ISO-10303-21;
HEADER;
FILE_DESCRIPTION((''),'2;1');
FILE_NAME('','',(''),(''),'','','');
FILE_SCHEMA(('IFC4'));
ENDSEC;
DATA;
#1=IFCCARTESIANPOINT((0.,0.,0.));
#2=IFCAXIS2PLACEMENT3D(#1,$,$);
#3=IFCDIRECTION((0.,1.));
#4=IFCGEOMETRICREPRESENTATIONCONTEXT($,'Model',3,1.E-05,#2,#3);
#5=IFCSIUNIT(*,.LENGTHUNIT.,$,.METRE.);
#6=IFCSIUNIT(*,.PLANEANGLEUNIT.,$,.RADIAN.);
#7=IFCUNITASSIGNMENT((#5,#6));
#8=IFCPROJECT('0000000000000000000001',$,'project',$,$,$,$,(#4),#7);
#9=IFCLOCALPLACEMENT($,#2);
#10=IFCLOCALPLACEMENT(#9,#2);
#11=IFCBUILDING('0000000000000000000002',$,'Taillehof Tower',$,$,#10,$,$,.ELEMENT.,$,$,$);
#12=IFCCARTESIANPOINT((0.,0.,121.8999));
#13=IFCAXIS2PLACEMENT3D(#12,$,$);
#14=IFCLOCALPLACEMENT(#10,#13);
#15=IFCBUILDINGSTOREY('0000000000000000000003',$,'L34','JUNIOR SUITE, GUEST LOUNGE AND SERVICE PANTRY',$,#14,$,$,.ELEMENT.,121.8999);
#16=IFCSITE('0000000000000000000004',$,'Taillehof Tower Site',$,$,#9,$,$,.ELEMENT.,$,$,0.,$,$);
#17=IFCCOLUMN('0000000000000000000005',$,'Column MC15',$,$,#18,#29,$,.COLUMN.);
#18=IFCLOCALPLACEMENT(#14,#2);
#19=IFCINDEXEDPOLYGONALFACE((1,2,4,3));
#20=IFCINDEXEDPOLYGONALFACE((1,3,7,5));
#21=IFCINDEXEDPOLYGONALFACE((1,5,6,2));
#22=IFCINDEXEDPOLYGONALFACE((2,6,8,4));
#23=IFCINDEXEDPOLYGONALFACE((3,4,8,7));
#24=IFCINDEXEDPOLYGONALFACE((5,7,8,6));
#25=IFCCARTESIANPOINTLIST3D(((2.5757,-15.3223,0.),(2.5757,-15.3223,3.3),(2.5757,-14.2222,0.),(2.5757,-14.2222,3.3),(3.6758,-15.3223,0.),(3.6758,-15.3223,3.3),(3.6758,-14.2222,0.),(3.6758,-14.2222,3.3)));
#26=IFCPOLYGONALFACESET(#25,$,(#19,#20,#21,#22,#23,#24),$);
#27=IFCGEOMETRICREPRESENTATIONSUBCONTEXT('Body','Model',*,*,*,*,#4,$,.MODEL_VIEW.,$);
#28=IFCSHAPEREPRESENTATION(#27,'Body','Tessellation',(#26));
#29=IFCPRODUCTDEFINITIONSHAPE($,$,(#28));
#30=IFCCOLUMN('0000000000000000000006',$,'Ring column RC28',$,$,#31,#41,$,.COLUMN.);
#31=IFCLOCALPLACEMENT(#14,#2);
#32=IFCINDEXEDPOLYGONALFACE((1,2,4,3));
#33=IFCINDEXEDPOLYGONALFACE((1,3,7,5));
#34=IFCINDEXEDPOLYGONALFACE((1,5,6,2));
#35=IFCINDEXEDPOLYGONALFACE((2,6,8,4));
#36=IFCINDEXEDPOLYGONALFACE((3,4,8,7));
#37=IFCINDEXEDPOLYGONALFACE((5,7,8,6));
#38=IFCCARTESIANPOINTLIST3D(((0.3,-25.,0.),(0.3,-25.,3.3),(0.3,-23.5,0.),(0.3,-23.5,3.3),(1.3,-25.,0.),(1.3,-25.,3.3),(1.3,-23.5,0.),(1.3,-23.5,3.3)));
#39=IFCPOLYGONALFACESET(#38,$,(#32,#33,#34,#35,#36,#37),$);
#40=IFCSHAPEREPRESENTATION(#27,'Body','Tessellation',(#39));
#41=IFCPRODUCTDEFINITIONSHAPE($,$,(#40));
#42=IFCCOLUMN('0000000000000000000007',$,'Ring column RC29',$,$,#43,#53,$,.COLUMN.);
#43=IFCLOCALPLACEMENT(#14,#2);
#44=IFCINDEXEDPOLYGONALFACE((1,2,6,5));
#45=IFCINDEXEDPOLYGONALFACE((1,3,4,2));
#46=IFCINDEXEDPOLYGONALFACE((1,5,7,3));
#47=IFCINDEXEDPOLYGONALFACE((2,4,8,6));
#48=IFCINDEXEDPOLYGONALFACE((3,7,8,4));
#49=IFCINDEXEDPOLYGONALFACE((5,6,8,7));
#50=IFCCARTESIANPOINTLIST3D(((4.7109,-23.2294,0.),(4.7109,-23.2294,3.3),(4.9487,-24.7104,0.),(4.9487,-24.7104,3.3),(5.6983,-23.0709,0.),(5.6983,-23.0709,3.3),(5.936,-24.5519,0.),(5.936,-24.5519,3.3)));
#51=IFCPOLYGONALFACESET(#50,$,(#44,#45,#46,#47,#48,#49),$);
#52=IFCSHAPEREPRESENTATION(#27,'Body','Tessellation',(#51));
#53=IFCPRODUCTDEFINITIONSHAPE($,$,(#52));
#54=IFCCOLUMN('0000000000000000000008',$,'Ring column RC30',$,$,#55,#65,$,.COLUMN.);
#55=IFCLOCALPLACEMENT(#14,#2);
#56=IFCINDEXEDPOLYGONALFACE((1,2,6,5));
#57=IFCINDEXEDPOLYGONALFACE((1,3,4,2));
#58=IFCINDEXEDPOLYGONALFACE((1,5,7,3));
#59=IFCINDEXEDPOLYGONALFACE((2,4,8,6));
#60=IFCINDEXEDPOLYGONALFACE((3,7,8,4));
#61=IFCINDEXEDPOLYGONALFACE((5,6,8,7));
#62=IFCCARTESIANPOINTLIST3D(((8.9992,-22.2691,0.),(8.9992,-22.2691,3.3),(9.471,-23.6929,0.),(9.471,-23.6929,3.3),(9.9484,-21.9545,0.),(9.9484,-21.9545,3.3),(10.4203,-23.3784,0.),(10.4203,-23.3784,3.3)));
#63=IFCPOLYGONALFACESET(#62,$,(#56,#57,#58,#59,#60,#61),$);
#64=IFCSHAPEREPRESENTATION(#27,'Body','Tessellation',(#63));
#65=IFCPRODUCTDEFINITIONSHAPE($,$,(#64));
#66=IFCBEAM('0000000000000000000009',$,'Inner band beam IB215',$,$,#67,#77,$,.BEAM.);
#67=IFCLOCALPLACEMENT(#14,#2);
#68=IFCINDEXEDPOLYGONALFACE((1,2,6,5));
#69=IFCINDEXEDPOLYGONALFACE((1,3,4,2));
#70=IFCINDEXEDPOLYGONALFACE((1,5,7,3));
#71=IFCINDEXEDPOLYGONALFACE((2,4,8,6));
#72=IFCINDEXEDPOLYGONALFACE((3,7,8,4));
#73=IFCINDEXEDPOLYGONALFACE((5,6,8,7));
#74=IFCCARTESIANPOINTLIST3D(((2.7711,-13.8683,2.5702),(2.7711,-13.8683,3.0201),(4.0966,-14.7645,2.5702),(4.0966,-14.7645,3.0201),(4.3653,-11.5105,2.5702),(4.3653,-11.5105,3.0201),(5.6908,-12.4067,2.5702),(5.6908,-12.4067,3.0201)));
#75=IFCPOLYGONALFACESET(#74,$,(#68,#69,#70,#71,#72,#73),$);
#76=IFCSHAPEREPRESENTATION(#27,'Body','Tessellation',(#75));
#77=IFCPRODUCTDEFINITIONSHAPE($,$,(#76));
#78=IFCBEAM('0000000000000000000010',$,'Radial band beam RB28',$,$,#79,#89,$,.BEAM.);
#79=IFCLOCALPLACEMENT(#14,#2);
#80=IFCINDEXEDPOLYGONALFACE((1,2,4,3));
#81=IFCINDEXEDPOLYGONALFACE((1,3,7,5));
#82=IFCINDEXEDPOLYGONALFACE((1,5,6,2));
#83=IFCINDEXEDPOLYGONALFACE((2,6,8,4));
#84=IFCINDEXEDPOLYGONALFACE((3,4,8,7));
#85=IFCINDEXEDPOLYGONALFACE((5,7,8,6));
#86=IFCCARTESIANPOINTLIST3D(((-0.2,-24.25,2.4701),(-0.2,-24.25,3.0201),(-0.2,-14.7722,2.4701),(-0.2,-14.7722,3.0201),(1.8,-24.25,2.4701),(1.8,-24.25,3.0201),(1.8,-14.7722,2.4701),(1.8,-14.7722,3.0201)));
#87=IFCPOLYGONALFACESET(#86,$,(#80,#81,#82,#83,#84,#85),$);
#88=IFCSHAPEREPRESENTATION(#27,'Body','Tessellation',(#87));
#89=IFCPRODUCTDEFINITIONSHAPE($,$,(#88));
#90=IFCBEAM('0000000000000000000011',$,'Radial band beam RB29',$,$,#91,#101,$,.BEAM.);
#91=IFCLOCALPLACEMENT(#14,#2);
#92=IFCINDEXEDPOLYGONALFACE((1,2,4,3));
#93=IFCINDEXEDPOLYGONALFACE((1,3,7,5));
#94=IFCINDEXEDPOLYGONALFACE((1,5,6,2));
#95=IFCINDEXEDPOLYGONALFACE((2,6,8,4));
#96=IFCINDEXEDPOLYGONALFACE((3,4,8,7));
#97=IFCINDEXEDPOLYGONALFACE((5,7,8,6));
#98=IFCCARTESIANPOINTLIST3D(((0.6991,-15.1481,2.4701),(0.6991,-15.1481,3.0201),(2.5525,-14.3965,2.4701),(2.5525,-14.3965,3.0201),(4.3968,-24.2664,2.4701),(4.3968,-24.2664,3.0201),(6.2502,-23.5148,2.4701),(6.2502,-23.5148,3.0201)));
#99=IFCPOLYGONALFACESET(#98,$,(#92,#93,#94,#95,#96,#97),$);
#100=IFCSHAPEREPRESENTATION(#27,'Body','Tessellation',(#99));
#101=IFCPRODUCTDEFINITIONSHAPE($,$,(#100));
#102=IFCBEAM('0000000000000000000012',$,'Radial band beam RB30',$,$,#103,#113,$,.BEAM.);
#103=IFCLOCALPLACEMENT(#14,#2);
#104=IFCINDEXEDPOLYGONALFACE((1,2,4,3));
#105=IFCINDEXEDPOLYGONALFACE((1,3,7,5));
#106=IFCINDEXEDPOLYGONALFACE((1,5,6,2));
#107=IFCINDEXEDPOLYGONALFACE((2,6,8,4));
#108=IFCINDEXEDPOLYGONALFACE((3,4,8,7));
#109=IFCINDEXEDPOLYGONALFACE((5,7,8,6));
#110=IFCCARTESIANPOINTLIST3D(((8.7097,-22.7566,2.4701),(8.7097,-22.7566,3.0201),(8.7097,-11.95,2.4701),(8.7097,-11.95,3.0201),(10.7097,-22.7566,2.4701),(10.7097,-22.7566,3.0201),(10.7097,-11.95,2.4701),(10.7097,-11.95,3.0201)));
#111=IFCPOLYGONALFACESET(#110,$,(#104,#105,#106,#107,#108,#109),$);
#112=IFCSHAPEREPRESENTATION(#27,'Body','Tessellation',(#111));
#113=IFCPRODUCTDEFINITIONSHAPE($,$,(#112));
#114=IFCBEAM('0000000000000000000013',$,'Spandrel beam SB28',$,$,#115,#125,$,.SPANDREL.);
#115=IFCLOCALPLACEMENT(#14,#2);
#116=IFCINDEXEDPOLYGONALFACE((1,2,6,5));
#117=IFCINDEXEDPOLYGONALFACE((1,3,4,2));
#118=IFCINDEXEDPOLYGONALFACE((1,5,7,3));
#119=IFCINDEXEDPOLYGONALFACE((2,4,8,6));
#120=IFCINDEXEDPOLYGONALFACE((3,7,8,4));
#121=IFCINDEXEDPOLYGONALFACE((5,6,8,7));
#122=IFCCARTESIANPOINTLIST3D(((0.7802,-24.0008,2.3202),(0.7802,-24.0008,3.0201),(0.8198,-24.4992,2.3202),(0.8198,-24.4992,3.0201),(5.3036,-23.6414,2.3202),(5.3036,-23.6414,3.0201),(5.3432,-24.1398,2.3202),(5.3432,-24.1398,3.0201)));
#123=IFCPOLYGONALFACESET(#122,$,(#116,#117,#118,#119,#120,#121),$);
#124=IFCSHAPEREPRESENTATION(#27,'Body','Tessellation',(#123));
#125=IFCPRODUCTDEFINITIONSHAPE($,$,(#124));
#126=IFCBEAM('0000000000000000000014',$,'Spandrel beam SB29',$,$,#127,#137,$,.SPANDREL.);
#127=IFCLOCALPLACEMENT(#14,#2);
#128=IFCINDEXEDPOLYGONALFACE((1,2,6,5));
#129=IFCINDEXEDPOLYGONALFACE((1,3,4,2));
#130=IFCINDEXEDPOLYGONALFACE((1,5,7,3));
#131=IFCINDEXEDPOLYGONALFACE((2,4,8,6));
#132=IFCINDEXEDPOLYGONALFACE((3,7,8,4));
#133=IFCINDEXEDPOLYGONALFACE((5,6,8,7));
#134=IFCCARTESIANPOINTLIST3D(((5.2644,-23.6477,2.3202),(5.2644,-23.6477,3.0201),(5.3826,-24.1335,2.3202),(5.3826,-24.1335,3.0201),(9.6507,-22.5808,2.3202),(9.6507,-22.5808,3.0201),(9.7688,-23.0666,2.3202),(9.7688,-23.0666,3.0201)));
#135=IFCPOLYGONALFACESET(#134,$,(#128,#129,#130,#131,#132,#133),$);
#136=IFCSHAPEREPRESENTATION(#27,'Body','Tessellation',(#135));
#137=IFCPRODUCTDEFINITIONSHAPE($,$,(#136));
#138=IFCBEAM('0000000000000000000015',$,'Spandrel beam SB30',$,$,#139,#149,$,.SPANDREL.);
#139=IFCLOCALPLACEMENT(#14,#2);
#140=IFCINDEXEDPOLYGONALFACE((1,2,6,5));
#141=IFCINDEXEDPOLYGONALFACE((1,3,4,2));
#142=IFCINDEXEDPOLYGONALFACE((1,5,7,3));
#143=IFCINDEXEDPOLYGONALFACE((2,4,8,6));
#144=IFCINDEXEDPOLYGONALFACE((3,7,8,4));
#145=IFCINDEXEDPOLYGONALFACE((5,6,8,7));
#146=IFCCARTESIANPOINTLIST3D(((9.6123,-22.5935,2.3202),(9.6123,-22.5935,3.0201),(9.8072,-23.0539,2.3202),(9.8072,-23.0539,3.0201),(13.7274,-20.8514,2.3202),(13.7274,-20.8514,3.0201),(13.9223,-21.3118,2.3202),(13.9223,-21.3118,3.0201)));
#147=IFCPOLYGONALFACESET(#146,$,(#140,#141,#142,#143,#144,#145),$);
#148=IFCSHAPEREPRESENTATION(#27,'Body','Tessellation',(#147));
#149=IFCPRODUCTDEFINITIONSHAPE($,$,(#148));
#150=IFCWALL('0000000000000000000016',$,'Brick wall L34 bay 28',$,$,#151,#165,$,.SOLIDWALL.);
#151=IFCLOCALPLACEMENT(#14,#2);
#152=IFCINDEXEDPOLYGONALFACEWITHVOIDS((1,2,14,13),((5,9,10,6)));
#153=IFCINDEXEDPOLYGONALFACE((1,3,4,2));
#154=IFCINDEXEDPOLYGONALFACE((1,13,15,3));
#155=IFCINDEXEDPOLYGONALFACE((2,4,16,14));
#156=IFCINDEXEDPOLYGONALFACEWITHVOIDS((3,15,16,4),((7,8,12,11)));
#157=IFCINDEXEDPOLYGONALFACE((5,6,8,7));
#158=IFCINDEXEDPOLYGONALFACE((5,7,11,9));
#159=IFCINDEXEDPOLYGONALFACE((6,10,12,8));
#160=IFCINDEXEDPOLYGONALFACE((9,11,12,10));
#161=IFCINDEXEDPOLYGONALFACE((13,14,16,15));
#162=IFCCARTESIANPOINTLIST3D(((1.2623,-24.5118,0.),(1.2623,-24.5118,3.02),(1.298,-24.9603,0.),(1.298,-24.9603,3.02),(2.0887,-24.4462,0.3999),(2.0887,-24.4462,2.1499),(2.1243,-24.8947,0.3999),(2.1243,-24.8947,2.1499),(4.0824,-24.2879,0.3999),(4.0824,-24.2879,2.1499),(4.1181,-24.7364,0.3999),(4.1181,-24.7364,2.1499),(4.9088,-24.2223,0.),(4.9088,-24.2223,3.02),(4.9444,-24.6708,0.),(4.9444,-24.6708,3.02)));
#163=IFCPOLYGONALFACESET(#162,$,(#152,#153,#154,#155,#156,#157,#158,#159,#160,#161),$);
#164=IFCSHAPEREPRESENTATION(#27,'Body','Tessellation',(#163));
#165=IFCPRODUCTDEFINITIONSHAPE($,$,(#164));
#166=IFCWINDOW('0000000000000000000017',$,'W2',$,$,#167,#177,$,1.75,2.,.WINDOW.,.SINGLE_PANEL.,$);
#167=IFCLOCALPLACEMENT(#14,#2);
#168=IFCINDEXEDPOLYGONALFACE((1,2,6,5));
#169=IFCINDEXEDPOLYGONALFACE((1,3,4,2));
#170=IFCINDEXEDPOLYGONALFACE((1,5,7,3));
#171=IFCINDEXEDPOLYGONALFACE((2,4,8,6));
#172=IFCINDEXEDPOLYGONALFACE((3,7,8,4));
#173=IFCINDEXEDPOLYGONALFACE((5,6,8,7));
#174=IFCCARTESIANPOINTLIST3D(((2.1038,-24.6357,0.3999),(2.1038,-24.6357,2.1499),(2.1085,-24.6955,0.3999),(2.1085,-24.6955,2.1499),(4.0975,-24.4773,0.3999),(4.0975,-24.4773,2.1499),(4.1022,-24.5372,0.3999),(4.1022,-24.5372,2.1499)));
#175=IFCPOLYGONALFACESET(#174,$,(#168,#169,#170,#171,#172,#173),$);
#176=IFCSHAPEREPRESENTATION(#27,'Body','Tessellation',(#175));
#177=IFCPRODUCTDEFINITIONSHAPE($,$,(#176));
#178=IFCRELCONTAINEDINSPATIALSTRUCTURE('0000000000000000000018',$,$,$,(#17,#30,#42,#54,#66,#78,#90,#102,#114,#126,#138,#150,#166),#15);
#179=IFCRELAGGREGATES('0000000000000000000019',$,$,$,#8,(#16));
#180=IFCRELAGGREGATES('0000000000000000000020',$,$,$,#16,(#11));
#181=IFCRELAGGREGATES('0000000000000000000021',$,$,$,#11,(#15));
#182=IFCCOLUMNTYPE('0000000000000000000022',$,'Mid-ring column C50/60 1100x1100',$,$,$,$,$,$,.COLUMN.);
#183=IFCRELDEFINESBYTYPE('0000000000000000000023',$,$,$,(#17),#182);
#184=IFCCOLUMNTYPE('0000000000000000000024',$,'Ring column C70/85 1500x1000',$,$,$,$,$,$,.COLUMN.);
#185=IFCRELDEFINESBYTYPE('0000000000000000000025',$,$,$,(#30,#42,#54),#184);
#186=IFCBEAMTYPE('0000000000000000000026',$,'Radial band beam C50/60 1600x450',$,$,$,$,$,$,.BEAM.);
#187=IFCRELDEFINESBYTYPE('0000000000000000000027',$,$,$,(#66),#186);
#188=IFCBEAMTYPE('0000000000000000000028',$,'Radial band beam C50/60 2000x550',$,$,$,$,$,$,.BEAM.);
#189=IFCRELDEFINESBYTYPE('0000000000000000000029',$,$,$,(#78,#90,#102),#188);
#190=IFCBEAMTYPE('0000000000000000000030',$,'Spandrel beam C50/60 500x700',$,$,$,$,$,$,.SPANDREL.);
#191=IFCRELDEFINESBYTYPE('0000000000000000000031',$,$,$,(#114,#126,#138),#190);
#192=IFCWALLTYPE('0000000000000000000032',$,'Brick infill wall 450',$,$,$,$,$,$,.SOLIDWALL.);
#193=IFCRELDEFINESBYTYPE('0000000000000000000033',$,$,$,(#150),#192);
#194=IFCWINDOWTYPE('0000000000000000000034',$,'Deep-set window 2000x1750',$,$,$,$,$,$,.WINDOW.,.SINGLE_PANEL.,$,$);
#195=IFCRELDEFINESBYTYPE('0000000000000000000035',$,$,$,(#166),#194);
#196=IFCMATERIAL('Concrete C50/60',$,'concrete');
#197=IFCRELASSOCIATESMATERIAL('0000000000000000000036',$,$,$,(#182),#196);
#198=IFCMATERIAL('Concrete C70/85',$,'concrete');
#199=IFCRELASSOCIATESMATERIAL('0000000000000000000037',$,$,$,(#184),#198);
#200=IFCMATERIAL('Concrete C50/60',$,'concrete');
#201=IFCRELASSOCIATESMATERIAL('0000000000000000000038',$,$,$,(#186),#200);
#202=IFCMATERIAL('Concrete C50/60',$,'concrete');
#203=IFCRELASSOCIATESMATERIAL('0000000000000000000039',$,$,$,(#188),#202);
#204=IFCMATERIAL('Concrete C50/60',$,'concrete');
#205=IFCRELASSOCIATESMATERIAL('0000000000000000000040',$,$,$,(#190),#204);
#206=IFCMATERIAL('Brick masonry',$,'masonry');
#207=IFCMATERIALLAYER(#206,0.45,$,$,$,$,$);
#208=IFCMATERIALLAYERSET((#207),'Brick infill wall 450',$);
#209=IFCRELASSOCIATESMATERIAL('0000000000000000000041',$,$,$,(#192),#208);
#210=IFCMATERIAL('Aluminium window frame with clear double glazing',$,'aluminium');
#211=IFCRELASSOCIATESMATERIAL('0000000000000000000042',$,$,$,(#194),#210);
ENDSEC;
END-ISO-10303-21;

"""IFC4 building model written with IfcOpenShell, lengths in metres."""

from ifc_helpers import new_model, si_unit, direction, frame, frame_2d, origin, origin_2d, place, context, subcontext, project, spatial, rectangle, extrude, material, layer, layer_set, material_profile, profile_set, type_object, element, fill, save


model = new_model("IFC4")

# Units and contexts
model_context = context("Model", 3, precision=1e-05, world=origin(), true_north=direction((0.0, 1.0)))
body_context = subcontext(model_context, "Body", "Model", "MODEL_VIEW")
ifc_project = project(units=[si_unit("LENGTHUNIT", "METRE"), si_unit("PLANEANGLEUNIT", "RADIAN")], contexts=[model_context])

# Site, building, storey
site_placement = place(None, origin())
site = spatial("IfcSite", under=ifc_project, at=site_placement, Name="Taillehof Tower Site", CompositionType="ELEMENT", RefElevation=0.0)
building_placement = place(site_placement, origin())
building = spatial("IfcBuilding", under=site, at=building_placement, Name="Taillehof Tower", CompositionType="ELEMENT")
storey_placement = place(building_placement, frame((0.0, 0.0, 121.8999)))
storey = spatial("IfcBuildingStorey", under=building, at=storey_placement, Name="L34", Description="JUNIOR SUITE, GUEST LOUNGE AND SERVICE PANTRY", CompositionType="ELEMENT", Elevation=121.8999)

# Columns
ifc_material_1 = material(Name="Concrete C50/60", Category="concrete")
ifc_material_profile_1 = material_profile(ifc_material_1, rectangle(XDim=1.1001, YDim=1.1001, at=origin_2d()), Name="RC 1100x1100")
ifc_profile_set_1 = profile_set([ifc_material_profile_1], Name="Concrete C50/60")
column_type_1 = type_object("IfcColumnType", Name="Mid-ring column C50/60 1100x1100", PredefinedType="COLUMN", material=ifc_profile_set_1)
column_placement = place(storey_placement, frame((3.1257, -14.7722, 0.0), z_axis=(0.0, 0.0, 1.0), x_axis=(1.0, 0.0, 0.0)))
element("IfcColumn", 1, at=column_placement, inside=storey, type_object=column_type_1, Name="Column MC15", PredefinedType="COLUMN", context=body_context, shape_type="SweptSolid", body=[
    extrude(rectangle(XDim=1.1001, YDim=1.1001, at=origin_2d()), origin(), (0.0, 0.0, 1.0), 3.3),
])
ifc_material_2 = material(Name="Concrete C70/85", Category="concrete")
ifc_material_profile_2 = material_profile(ifc_material_2, rectangle(XDim=1.5, YDim=1.0, at=origin_2d()), Name="RC 1500x1000")
ifc_profile_set_2 = profile_set([ifc_material_profile_2], Name="Concrete C70/85")
column_type_2 = type_object("IfcColumnType", Name="Ring column C70/85 1500x1000", PredefinedType="COLUMN", material=ifc_profile_set_2)
for number, where, z_axis, x_axis, name in (
    (2, (0.8, -24.25, 0.0), (0.0, 0.0, 1.0), (0.0, -1.0, 0.0), "Ring column RC28"),
    (3, (5.3235, -23.8906, 0.0), (0.0, 0.0, 1.0), (0.158507, -0.987358, 0.0), "Ring column RC29"),
    (4, (9.7097, -22.8237, 0.0), (0.0, 0.0, 1.0), (0.314555, -0.949239, 0.0), "Ring column RC30"),
):
    element("IfcColumn", number, at=place(storey_placement, frame(where, z_axis=z_axis, x_axis=x_axis)), inside=storey, type_object=column_type_2, Name=name, PredefinedType="COLUMN", context=body_context, shape_type="SweptSolid", body=[
        extrude(rectangle(XDim=1.5, YDim=1.0, at=origin_2d()), origin(), (0.0, 0.0, 1.0), 3.3),
    ])

# Beams
ifc_material_3 = material(Name="Concrete C50/60", Category="concrete")
ifc_material_profile_3 = material_profile(ifc_material_3, rectangle(XDim=1.6001, YDim=0.45, at=origin_2d()), Name="RC 1600x450")
ifc_profile_set_3 = profile_set([ifc_material_profile_3], Name="Concrete C50/60")
beam_type_1 = type_object("IfcBeamType", Name="Radial band beam C50/60 1600x450", PredefinedType="BEAM", material=ifc_profile_set_3)
beam_1_placement = place(storey_placement, frame((3.4338, -14.3164, 2.7952), z_axis=(0.560112, 0.828417, 0.0), x_axis=(-0.828417, 0.560112, 0.0)))
element("IfcBeam", 5, at=beam_1_placement, inside=storey, type_object=beam_type_1, Name="Inner band beam IB215", PredefinedType="BEAM", context=body_context, shape_type="SweptSolid", body=[
    extrude(rectangle(XDim=1.6001, YDim=0.45, at=origin_2d()), origin(), (0.0, 0.0, 1.0), 2.8462),
])
ifc_material_4 = material(Name="Concrete C50/60", Category="concrete")
ifc_material_profile_4 = material_profile(ifc_material_4, rectangle(XDim=2.0, YDim=0.55, at=origin_2d()), Name="RC 2000x550")
ifc_profile_set_4 = profile_set([ifc_material_profile_4], Name="Concrete C50/60")
beam_type_2 = type_object("IfcBeamType", Name="Radial band beam C50/60 2000x550", PredefinedType="BEAM", material=ifc_profile_set_4)
beam_2_placement = place(storey_placement, frame((0.8, -24.25, 2.7451), z_axis=(0.0, 1.0, 0.0), x_axis=(-1.0, 0.0, 0.0)))
element("IfcBeam", 6, at=beam_2_placement, inside=storey, type_object=beam_type_2, Name="Radial band beam RB28", PredefinedType="BEAM", context=body_context, shape_type="SweptSolid", body=[
    extrude(rectangle(XDim=2.0, YDim=0.55, at=origin_2d()), origin(), (0.0, 0.0, 1.0), 9.4778),
])
beam_3_placement = place(storey_placement, frame((5.3235, -23.8906, 2.7451), z_axis=(-0.375801, 0.9267, 0.0), x_axis=(-0.9267, -0.375801, 0.0)))
element("IfcBeam", 7, at=beam_3_placement, inside=storey, type_object=beam_type_2, Name="Radial band beam RB29", PredefinedType="BEAM", context=body_context, shape_type="SweptSolid", body=[
    extrude(rectangle(XDim=2.0, YDim=0.55, at=origin_2d()), origin(), (0.0, 0.0, 1.0), 9.8396),
])
beam_4_placement = place(storey_placement, frame((9.7097, -22.7566, 2.7451), z_axis=(0.0, 1.0, 0.0), x_axis=(-1.0, 0.0, 0.0)))
element("IfcBeam", 8, at=beam_4_placement, inside=storey, type_object=beam_type_2, Name="Radial band beam RB30", PredefinedType="BEAM", context=body_context, shape_type="SweptSolid", body=[
    extrude(rectangle(XDim=2.0, YDim=0.55, at=origin_2d()), origin(), (0.0, 0.0, 1.0), 10.8066),
])
ifc_material_5 = material(Name="Concrete C50/60", Category="concrete")
ifc_material_profile_5 = material_profile(ifc_material_5, rectangle(XDim=0.5, YDim=0.7, at=origin_2d()), Name="RC 500x700")
ifc_profile_set_5 = profile_set([ifc_material_profile_5], Name="Concrete C50/60")
beam_type_3 = type_object("IfcBeamType", Name="Spandrel beam C50/60 500x700", PredefinedType="SPANDREL", material=ifc_profile_set_5)
beam_5_placement = place(storey_placement, frame((0.8, -24.25, 2.6702), z_axis=(0.996859, 0.079198, 0.0), x_axis=(-0.079198, 0.996859, 0.0)))
element("IfcBeam", 9, at=beam_5_placement, inside=storey, type_object=beam_type_3, Name="Spandrel beam SB28", PredefinedType="SPANDREL", context=body_context, shape_type="SweptSolid", body=[
    extrude(rectangle(XDim=0.5, YDim=0.7, at=origin_2d()), origin(), (0.0, 0.0, 1.0), 4.5376),
])
beam_6_placement = place(storey_placement, frame((5.3235, -23.8906, 2.6702), z_axis=(0.971669, 0.236346, 0.0), x_axis=(-0.236346, 0.971669, 0.0)))
element("IfcBeam", 10, at=beam_6_placement, inside=storey, type_object=beam_type_3, Name="Spandrel beam SB29", PredefinedType="SPANDREL", context=body_context, shape_type="SweptSolid", body=[
    extrude(rectangle(XDim=0.5, YDim=0.7, at=origin_2d()), origin(), (0.0, 0.0, 1.0), 4.5142),
])
beam_7_placement = place(storey_placement, frame((9.7097, -22.8237, 2.6702), z_axis=(0.920877, 0.389854, 0.0), x_axis=(-0.389854, 0.920877, 0.0)))
element("IfcBeam", 11, at=beam_7_placement, inside=storey, type_object=beam_type_3, Name="Spandrel beam SB30", PredefinedType="SPANDREL", context=body_context, shape_type="SweptSolid", body=[
    extrude(rectangle(XDim=0.5, YDim=0.7, at=origin_2d()), origin(), (0.0, 0.0, 1.0), 4.4688),
])

# Wall, opening, window
ifc_material_6 = material(Name="Brick masonry", Category="masonry")
ifc_layer_1 = layer(ifc_material_6, 0.45)
ifc_layer_set_1 = layer_set([ifc_layer_1], Name="Brick infill wall 450")
wall_type_1 = type_object("IfcWallType", Name="Brick infill wall 450", PredefinedType="SOLIDWALL", material=ifc_layer_set_1)
wall_1_placement = place(storey_placement, frame((1.28, -24.7361, 0.0), z_axis=(0.0, 0.0, 1.0), x_axis=(0.996862, 0.079156, 0.0)))
wall_1 = element("IfcWall", 12, at=wall_1_placement, inside=storey, type_object=wall_type_1, Name="Brick wall L34 bay 28", PredefinedType="SOLIDWALL", context=body_context, shape_type="SweptSolid", body=[
    extrude(rectangle(XDim=3.658, YDim=0.45, at=frame_2d((1.8291, 0.0))), origin(), (0.0, 0.0, 1.0), 3.02),
])
opening_1_placement = place(wall_1_placement, frame((0.8291, 0.0, 0.3999)))
opening_1 = element("IfcOpeningElement", 13, at=opening_1_placement, cuts=wall_1, PredefinedType="OPENING", context=body_context, shape_type="SweptSolid", body=[
    extrude(rectangle(XDim=2.0, YDim=1.75, at=frame_2d((1.0, 0.875))), frame((0.0, 0.2349, 0.0), z_axis=(0.0, -1.0, 0.0), x_axis=(1.0, 0.0, 0.0)), (0.0, 0.0, 1.0), 0.47),
])
ifc_material_7 = material(Name="Aluminium window frame with clear double glazing", Category="aluminium")
window_type = type_object("IfcWindowType", Name="Deep-set window 2000x1750", PartitioningType="SINGLE_PANEL", PredefinedType="WINDOW", material=ifc_material_7)
window_1_placement = place(opening_1_placement, origin())
window_1 = element("IfcWindow", 14, at=window_1_placement, inside=storey, type_object=window_type, Name="W2", OverallHeight=1.75, OverallWidth=2.0, PartitioningType="SINGLE_PANEL", PredefinedType="WINDOW", context=body_context, shape_type="SweptSolid", body=[
    extrude(rectangle(XDim=2.0, YDim=1.75, at=frame_2d((1.0, 0.875))), frame((0.0, 0.0349, 0.0), z_axis=(0.0, -1.0, 0.0), x_axis=(1.0, 0.0, 0.0)), (0.0, 0.0, 1.0), 0.0601),
])
fill(opening_1, window_1)

save(model, "model.ifc")
